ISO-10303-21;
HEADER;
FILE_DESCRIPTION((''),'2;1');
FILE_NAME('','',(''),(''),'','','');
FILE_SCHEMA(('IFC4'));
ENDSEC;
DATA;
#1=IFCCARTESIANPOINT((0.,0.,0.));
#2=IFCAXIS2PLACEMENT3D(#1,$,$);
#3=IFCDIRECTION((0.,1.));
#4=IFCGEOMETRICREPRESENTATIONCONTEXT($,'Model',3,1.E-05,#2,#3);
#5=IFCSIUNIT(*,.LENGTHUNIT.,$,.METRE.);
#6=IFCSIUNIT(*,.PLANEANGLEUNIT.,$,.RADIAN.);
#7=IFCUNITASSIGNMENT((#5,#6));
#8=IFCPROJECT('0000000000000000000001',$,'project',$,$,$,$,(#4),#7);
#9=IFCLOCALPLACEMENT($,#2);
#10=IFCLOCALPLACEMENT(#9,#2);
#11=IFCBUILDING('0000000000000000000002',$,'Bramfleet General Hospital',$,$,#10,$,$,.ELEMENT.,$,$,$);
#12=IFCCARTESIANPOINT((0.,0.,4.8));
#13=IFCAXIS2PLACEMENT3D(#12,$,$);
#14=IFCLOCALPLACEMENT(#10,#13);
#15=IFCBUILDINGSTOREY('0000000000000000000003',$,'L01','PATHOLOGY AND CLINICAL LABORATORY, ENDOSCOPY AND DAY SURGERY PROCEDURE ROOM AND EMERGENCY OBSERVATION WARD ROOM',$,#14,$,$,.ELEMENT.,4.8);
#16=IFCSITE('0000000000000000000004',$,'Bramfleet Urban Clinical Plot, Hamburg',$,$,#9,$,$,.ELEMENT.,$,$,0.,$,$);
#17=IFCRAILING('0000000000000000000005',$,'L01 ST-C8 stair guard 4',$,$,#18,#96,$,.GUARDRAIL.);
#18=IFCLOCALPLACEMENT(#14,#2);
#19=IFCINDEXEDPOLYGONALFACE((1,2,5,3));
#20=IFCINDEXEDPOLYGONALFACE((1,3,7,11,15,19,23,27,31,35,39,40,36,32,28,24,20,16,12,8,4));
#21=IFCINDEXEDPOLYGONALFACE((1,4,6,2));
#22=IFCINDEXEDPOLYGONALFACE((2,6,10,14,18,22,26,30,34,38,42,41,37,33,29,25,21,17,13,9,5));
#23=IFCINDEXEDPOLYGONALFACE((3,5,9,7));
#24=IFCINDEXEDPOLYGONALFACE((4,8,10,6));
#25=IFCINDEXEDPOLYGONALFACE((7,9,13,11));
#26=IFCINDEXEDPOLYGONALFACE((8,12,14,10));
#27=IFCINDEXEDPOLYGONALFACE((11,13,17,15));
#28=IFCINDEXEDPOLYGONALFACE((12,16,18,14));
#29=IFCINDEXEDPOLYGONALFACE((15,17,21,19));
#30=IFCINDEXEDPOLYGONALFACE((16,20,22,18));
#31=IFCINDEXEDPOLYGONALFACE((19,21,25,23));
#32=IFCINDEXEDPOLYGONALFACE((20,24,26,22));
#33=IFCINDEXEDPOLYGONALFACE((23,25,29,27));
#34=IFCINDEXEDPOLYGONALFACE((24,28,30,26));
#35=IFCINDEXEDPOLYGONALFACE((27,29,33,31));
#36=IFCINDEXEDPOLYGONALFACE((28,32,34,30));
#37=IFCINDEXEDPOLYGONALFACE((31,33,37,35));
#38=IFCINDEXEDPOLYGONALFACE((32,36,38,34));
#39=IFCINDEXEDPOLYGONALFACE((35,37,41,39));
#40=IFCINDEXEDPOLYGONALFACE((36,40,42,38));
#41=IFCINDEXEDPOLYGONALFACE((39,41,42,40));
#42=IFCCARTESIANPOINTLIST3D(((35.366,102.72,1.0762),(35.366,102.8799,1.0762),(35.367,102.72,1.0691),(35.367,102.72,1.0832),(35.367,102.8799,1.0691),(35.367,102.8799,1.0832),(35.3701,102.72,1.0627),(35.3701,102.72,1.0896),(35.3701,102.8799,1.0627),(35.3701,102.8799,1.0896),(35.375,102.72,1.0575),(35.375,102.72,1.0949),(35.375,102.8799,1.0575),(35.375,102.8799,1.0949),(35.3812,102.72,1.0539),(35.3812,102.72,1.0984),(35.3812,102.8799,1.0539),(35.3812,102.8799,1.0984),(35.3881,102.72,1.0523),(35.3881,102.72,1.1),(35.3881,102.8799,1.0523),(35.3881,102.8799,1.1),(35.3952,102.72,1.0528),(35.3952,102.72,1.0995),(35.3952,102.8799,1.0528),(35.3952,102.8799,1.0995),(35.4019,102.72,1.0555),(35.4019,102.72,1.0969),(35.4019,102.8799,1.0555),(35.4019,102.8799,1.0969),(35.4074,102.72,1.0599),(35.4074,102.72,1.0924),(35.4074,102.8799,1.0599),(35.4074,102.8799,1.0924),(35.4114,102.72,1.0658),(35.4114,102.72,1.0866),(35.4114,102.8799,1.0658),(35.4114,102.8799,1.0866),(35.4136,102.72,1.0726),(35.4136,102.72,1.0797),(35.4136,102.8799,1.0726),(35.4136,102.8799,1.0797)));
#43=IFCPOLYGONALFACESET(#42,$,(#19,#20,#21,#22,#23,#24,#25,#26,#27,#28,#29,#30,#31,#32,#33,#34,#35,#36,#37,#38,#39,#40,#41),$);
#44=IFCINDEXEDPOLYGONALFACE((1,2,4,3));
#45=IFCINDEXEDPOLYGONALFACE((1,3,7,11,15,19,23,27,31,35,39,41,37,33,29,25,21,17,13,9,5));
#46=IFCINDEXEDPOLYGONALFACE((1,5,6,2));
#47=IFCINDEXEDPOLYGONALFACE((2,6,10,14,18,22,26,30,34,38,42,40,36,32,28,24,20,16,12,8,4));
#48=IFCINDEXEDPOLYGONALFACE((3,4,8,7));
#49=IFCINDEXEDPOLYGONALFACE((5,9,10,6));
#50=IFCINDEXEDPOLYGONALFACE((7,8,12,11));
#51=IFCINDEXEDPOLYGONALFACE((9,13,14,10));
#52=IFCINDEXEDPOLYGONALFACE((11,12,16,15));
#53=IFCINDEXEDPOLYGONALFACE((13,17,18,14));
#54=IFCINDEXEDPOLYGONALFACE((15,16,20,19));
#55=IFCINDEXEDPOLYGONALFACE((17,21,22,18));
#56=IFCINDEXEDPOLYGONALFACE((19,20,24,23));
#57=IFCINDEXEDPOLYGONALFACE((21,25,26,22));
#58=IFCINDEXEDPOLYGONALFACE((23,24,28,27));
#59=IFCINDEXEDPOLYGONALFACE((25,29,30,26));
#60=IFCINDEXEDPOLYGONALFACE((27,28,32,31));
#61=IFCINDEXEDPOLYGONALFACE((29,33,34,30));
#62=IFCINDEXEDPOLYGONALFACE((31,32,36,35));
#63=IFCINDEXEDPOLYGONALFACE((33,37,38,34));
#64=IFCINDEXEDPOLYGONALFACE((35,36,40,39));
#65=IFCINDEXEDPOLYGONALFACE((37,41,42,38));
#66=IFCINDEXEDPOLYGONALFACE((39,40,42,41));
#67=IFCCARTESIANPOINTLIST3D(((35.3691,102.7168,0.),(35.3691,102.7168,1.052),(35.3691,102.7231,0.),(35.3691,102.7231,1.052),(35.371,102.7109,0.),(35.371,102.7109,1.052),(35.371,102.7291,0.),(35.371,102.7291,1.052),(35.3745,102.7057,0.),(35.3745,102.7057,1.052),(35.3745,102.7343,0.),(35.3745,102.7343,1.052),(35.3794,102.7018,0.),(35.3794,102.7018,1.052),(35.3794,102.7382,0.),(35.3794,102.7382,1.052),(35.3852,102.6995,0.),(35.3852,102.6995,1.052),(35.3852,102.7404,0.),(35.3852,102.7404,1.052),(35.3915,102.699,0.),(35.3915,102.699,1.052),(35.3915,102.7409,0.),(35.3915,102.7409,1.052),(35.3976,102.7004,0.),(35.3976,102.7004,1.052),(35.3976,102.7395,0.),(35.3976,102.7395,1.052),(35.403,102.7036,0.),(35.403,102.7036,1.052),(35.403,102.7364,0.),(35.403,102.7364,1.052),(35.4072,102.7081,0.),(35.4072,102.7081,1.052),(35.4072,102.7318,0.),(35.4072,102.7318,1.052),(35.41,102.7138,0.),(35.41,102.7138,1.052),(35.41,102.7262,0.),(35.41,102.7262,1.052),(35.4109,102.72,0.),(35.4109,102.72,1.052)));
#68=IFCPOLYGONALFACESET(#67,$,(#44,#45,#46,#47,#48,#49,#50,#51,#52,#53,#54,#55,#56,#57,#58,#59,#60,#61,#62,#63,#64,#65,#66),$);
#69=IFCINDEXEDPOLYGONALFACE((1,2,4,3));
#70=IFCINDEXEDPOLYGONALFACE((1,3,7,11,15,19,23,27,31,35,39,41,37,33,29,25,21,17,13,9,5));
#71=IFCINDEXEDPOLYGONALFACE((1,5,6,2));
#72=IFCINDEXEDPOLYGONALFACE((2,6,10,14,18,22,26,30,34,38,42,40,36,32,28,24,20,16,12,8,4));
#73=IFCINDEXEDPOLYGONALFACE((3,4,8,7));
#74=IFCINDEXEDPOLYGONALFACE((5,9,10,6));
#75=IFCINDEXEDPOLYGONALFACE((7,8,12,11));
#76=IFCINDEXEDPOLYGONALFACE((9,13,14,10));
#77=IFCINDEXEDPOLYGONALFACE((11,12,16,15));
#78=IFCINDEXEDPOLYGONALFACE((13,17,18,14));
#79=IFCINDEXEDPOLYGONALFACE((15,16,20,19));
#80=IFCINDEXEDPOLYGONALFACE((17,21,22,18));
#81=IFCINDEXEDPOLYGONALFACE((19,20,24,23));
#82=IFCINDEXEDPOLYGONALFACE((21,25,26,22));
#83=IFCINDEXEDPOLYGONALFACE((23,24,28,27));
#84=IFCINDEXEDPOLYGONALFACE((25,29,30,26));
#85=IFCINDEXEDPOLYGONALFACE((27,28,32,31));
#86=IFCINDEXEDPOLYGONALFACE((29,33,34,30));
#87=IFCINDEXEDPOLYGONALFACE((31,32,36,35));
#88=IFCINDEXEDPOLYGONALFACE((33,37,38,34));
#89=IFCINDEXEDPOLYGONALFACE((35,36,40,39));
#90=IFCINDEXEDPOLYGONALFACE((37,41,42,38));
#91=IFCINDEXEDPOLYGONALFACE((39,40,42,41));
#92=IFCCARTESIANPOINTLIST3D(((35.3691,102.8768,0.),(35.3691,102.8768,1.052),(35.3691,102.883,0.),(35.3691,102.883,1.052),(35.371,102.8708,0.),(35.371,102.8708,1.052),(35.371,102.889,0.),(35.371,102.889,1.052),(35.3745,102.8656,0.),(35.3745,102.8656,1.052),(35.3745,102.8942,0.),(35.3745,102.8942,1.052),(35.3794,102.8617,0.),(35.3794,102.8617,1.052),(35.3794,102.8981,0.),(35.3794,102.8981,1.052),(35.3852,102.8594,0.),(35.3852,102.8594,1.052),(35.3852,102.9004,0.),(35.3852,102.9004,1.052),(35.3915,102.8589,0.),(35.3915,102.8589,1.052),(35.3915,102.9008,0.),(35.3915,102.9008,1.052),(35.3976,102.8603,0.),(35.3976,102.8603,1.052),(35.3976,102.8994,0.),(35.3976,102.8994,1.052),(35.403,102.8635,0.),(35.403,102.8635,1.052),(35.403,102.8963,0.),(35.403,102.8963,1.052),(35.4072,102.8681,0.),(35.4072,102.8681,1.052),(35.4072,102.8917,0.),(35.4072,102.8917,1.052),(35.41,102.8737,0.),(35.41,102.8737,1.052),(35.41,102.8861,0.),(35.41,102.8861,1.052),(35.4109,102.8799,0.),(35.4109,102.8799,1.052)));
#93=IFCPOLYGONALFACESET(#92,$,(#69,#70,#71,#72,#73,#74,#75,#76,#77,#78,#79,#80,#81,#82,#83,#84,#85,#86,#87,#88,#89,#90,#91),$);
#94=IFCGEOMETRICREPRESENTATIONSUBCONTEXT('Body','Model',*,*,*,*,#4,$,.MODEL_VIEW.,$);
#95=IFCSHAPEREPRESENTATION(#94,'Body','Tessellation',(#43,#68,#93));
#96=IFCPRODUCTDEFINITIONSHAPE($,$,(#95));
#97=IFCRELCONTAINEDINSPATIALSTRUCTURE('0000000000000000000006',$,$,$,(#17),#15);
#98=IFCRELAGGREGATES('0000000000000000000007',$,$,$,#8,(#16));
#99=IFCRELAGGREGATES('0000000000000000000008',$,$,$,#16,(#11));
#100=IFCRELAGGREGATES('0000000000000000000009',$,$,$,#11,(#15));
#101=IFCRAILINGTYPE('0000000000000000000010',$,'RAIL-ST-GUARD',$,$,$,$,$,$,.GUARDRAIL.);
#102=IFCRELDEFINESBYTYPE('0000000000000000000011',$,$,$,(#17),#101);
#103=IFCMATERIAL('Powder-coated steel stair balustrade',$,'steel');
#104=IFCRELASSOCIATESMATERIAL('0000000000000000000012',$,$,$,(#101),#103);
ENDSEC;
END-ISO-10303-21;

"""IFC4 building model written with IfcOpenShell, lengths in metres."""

from ifc_helpers import new_model, si_unit, direction, frame, origin, origin_2d, place, context, subcontext, project, spatial, circle, extrude, material, type_object, element, save


model = new_model("IFC4")

# Units and contexts
model_context = context("Model", 3, precision=1e-05, world=origin(), true_north=direction((0.0, 1.0)))
body_context = subcontext(model_context, "Body", "Model", "MODEL_VIEW")
ifc_project = project(units=[si_unit("LENGTHUNIT", "METRE"), si_unit("PLANEANGLEUNIT", "RADIAN")], contexts=[model_context])

# Site, building, storey
site_placement = place(None, origin())
site = spatial("IfcSite", under=ifc_project, at=site_placement, Name="Bramfleet Urban Clinical Plot, Hamburg", CompositionType="ELEMENT", RefElevation=0.0)
building_placement = place(site_placement, origin())
building = spatial("IfcBuilding", under=site, at=building_placement, Name="Bramfleet General Hospital", CompositionType="ELEMENT")
storey_placement = place(building_placement, frame((0.0, 0.0, 4.8)))
storey = spatial("IfcBuildingStorey", under=building, at=storey_placement, Name="L01", Description="PATHOLOGY AND CLINICAL LABORATORY, ENDOSCOPY AND DAY SURGERY PROCEDURE ROOM AND EMERGENCY OBSERVATION WARD ROOM", CompositionType="ELEMENT", Elevation=4.8)

# Railing
ifc_material_1 = material(Name="Powder-coated steel stair balustrade", Category="steel")
railing_type = type_object("IfcRailingType", Name="RAIL-ST-GUARD", PredefinedType="GUARDRAIL", material=ifc_material_1)
railing_1_placement = place(storey_placement, frame((35.3899, 102.72, 0.0)))
element("IfcRailing", 1, at=railing_1_placement, inside=storey, type_object=railing_type, Name="L01 ST-C8 stair guard 4", PredefinedType="GUARDRAIL", context=body_context, shape_type="SweptSolid", body=[
    extrude(circle(Radius=0.0239, at=origin_2d()), frame((0.0, 0.0, 1.0762), z_axis=(0.0, 1.0, 0.0), x_axis=(-1.0, 0.0, 0.0)), (0.0, 0.0, 1.0), 0.1599),
    extrude(circle(Radius=0.021, at=origin_2d()), origin(), (0.0, 0.0, 1.0), 1.052),
    extrude(circle(Radius=0.021, at=origin_2d()), frame((0.0, 0.1599, 0.0)), (0.0, 0.0, 1.0), 1.052),
])

save(model, "model.ifc")
